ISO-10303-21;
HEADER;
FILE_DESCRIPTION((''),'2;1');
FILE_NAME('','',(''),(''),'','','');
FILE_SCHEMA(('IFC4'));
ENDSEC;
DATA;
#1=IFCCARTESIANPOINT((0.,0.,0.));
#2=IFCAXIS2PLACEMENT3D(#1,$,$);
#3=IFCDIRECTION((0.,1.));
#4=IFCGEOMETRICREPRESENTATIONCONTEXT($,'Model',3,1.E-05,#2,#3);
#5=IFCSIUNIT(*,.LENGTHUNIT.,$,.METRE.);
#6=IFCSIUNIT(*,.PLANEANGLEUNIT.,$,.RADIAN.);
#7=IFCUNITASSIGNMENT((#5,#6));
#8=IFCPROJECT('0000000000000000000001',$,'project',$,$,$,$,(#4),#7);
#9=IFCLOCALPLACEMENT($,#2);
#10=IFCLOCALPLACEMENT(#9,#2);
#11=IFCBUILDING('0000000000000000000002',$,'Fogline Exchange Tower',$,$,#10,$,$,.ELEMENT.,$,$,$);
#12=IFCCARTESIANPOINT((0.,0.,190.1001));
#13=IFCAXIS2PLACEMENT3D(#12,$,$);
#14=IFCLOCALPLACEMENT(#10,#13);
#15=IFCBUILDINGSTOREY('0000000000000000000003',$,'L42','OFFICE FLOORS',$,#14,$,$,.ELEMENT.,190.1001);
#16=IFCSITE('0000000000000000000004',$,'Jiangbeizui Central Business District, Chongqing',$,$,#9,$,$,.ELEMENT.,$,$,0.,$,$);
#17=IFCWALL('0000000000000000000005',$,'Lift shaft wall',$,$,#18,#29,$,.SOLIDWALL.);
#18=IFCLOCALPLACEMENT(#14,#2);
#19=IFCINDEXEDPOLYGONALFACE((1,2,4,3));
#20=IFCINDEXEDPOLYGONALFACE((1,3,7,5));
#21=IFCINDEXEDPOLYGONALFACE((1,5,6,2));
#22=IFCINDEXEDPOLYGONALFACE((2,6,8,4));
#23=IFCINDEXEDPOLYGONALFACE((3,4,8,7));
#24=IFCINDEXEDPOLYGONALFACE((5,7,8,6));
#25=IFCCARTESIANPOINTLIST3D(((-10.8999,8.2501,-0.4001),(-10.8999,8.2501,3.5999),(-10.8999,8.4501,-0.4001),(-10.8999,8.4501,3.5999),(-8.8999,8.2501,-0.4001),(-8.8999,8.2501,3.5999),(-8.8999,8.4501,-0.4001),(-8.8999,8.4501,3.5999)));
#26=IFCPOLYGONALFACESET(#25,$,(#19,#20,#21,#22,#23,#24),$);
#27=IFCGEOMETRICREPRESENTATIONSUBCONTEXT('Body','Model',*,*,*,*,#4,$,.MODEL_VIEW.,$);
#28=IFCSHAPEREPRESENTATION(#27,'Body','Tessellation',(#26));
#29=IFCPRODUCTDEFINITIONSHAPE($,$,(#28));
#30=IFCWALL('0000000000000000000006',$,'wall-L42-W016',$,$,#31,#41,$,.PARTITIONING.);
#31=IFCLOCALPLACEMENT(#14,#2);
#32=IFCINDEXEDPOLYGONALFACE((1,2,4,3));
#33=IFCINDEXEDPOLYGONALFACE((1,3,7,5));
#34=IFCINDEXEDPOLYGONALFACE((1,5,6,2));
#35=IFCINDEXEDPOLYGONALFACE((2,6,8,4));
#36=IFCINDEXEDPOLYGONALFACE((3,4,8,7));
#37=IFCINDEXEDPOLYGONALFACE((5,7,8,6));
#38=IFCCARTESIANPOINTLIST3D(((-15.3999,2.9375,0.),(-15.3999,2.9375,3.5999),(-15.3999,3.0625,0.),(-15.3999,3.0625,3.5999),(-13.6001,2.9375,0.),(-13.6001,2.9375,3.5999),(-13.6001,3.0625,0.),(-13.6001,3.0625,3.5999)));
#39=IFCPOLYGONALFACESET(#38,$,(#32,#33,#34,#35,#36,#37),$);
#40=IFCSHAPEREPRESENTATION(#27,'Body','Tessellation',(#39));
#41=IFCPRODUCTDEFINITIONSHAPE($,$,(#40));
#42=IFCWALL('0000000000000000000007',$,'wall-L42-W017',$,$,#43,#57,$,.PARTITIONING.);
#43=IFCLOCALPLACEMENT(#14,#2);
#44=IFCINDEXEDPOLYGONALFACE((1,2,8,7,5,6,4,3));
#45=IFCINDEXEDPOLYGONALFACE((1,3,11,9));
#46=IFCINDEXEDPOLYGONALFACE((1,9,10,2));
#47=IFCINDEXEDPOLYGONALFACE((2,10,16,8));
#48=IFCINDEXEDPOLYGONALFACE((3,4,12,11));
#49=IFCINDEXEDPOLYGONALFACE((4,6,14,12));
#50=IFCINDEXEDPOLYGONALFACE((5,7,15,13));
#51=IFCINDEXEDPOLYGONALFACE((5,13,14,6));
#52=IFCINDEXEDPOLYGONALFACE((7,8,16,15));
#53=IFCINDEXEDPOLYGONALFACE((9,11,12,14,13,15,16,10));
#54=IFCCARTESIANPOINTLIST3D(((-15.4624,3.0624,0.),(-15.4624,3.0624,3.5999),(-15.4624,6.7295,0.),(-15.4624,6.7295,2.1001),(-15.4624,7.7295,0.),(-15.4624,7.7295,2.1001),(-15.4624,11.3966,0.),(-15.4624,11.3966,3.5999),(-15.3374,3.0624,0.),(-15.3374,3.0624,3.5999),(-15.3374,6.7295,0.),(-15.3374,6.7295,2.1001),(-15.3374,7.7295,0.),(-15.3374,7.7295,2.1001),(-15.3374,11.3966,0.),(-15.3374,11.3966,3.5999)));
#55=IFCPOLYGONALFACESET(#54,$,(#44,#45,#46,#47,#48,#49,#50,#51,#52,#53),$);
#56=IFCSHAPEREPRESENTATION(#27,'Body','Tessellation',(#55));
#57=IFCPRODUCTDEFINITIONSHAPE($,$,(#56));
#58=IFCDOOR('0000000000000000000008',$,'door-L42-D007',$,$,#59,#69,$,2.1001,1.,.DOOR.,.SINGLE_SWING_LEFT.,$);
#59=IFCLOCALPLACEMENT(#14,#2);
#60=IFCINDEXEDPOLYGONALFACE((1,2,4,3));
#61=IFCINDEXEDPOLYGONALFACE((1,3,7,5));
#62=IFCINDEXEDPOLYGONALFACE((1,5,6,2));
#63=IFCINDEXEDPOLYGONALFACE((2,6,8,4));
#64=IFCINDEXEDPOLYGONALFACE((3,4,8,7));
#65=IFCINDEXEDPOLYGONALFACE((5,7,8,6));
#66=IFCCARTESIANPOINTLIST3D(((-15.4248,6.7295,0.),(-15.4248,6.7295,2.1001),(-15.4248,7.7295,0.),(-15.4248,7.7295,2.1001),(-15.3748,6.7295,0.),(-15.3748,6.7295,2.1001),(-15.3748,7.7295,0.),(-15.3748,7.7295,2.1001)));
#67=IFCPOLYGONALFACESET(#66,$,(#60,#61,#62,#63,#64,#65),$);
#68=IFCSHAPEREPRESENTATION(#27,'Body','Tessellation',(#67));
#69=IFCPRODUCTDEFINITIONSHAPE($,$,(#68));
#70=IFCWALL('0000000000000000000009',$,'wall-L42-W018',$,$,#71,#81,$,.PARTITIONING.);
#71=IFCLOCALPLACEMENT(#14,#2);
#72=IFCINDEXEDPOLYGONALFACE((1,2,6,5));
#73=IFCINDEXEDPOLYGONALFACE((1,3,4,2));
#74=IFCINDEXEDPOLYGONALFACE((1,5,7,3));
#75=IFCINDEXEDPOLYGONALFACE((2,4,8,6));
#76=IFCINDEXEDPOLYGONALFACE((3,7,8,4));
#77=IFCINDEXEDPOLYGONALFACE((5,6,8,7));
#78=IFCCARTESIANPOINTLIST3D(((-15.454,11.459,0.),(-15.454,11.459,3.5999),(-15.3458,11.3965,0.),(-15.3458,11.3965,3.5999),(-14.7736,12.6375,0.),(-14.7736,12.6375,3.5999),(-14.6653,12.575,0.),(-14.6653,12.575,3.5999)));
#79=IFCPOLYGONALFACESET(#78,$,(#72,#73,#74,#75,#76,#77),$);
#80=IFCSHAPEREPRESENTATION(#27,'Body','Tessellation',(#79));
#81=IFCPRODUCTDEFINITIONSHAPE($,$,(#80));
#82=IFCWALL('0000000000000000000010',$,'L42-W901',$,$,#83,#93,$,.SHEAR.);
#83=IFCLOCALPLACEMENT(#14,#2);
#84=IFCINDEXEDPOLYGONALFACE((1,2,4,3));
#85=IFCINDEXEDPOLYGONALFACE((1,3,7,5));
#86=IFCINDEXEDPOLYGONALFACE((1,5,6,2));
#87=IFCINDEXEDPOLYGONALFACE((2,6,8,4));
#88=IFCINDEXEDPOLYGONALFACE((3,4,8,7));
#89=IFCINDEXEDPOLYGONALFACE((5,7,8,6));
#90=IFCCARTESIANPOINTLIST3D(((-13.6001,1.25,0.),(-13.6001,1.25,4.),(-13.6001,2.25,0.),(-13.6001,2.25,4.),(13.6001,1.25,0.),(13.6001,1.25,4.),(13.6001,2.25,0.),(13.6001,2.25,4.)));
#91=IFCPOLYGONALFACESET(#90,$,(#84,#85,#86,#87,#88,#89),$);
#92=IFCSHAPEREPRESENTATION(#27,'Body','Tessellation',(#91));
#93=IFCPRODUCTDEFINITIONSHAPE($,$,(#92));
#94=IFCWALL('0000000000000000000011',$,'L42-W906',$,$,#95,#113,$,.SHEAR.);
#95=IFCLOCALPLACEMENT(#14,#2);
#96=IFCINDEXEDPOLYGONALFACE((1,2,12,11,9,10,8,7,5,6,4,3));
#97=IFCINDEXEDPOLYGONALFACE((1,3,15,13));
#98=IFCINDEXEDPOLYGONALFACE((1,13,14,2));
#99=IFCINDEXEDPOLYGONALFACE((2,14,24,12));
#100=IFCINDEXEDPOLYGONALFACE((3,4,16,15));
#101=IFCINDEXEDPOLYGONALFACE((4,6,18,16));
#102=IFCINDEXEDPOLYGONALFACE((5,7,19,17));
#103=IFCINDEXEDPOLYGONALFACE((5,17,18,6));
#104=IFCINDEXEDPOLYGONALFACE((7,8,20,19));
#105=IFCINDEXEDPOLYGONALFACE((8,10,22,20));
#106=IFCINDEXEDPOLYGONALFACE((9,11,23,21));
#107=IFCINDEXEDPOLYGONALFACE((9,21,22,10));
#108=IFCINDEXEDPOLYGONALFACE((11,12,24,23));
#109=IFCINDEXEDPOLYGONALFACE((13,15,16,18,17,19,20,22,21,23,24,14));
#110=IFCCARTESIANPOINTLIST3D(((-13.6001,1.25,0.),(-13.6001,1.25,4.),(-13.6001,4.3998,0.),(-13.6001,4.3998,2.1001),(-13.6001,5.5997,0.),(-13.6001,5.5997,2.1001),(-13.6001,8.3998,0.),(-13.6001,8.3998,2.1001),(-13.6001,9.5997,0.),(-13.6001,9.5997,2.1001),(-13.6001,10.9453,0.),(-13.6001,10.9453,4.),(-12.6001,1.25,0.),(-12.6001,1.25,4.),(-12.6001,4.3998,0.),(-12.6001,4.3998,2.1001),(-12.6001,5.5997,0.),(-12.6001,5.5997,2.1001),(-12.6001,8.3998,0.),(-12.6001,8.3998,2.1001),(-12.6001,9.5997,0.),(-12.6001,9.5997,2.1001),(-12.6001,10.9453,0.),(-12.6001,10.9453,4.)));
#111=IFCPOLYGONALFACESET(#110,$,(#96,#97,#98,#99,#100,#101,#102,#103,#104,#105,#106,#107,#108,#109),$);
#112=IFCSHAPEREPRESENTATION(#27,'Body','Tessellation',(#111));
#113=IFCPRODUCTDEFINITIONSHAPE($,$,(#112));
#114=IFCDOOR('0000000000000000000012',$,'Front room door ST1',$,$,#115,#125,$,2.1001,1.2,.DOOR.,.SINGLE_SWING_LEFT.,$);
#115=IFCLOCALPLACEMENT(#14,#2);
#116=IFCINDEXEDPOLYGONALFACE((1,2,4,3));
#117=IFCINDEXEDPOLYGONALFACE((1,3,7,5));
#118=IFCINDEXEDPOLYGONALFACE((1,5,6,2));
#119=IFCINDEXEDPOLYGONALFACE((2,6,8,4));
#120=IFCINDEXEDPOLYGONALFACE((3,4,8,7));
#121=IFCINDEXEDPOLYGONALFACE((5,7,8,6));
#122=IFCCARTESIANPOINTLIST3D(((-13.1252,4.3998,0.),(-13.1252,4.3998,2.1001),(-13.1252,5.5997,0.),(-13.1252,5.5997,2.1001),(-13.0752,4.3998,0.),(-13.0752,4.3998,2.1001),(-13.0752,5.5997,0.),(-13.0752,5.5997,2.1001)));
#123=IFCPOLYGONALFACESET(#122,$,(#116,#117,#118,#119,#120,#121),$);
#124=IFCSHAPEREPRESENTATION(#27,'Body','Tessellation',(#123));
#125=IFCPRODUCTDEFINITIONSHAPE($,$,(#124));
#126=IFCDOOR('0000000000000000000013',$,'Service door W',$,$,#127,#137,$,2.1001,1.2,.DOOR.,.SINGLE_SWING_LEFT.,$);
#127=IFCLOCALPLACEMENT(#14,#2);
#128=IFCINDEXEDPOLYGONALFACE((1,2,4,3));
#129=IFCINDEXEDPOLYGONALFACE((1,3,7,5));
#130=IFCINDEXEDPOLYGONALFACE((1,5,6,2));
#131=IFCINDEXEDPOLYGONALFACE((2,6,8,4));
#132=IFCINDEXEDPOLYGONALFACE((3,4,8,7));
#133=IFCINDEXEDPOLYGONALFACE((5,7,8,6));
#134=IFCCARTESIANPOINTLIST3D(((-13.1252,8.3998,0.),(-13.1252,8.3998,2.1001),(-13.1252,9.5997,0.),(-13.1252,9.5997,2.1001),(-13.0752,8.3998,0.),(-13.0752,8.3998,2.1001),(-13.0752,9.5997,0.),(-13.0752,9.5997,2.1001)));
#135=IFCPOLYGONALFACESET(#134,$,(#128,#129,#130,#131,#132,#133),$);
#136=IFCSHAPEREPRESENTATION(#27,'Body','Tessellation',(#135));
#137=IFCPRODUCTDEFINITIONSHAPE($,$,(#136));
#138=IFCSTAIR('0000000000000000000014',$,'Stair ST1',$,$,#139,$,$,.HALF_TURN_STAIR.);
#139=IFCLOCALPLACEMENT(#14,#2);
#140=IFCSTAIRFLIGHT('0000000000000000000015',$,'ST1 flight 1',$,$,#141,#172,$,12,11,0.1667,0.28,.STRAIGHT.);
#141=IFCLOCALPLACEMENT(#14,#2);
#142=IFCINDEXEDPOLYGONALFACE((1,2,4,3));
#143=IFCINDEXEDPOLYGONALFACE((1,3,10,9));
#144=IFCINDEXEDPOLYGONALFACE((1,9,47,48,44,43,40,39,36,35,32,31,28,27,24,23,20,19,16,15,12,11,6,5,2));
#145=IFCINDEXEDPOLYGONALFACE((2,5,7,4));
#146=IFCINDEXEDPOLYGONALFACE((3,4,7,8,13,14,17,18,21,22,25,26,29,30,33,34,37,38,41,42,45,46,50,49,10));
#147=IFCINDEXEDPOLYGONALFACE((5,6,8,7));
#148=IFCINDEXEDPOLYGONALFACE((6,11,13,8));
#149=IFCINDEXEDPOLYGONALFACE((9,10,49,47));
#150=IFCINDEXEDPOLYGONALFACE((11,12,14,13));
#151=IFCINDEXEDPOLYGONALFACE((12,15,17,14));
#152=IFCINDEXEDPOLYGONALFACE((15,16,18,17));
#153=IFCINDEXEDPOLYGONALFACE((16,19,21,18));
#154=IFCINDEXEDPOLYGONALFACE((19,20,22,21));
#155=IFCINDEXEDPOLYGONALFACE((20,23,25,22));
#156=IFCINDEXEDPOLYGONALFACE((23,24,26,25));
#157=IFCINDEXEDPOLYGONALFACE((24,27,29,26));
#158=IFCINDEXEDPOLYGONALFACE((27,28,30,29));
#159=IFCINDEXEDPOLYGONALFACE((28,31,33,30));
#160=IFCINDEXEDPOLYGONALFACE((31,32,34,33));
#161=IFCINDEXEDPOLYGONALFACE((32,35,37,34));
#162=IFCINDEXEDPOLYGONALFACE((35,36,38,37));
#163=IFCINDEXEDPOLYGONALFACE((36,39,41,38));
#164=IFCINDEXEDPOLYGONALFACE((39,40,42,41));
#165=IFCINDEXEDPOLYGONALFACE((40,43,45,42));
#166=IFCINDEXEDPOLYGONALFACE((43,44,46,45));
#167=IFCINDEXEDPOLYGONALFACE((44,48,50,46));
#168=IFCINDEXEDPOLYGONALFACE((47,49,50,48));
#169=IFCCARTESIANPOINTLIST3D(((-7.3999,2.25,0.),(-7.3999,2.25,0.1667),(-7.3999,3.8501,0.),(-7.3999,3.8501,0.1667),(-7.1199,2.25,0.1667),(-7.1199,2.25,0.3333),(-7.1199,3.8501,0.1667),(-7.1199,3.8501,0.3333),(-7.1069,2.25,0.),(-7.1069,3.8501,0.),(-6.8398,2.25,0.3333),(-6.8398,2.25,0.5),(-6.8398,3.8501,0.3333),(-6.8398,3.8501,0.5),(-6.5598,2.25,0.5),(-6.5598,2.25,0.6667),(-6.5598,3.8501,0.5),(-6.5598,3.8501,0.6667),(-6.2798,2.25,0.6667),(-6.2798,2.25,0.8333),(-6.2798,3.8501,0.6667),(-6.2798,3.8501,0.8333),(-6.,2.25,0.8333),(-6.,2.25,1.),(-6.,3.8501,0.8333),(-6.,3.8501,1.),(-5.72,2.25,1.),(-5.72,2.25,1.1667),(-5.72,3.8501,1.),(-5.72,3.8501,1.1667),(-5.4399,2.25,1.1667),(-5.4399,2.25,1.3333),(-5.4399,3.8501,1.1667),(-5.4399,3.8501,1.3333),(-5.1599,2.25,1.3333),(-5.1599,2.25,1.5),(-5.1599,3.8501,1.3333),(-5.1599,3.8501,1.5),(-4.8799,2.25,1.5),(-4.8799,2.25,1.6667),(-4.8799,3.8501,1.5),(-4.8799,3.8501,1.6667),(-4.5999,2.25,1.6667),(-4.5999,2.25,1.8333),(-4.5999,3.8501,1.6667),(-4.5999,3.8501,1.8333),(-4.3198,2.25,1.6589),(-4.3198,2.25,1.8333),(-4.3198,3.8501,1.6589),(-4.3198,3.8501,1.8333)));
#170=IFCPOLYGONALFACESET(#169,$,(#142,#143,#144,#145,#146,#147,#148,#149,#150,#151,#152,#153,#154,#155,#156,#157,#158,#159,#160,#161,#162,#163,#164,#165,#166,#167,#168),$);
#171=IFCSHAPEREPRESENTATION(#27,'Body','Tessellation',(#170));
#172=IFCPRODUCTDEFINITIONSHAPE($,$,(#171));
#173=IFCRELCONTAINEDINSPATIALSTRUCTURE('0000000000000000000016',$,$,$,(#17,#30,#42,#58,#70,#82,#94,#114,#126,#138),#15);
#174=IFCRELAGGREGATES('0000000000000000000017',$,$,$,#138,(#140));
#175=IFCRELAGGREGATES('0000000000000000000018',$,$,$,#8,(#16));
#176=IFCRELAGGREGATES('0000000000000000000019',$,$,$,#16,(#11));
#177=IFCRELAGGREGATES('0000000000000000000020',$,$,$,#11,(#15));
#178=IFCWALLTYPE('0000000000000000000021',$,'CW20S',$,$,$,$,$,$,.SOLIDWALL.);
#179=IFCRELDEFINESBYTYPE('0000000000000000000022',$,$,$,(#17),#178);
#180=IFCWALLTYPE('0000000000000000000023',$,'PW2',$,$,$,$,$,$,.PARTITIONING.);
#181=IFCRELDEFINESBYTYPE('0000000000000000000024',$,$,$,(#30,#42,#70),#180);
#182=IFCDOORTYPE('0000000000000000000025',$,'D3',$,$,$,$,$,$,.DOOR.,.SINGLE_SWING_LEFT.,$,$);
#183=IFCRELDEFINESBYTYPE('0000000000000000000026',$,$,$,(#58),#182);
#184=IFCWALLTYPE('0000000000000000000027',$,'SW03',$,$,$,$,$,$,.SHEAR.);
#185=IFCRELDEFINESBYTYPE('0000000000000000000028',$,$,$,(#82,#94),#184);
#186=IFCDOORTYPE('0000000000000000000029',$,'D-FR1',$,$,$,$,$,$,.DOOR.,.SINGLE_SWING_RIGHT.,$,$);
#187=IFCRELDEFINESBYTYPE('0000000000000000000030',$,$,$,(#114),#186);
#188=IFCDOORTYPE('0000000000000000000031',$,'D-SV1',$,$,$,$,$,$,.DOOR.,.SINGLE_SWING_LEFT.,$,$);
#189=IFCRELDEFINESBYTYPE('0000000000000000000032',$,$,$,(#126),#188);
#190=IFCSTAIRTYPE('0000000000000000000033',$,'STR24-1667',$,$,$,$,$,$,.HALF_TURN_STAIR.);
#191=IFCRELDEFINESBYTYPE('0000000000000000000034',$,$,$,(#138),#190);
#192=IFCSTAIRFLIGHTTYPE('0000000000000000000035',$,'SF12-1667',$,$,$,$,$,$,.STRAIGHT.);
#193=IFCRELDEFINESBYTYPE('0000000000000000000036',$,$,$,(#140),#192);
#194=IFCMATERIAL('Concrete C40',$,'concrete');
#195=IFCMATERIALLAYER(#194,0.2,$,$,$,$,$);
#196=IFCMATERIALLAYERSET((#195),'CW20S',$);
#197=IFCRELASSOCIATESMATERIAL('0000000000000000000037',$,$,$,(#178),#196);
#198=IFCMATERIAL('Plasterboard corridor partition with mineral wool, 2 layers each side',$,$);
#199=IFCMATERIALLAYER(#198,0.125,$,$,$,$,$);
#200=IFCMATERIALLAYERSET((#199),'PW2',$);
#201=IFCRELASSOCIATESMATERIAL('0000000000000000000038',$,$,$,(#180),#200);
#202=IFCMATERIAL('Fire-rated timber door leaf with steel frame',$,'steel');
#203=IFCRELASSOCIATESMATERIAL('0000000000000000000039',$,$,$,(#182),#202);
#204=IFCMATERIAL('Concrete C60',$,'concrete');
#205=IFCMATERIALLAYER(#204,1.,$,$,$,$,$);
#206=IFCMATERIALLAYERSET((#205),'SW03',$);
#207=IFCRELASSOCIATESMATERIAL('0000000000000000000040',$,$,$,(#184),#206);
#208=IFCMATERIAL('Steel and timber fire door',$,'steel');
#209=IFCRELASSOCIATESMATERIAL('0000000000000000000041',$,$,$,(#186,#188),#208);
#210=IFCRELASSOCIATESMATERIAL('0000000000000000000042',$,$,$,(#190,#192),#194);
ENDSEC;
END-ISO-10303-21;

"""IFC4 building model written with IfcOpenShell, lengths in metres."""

from ifc_helpers import new_model, si_unit, direction, frame, frame_2d, origin, place, context, subcontext, project, spatial, polyline, rectangle, outline, extrude, material, layer, layer_set, type_object, element, fill, aggregate, save


model = new_model("IFC4")

# Units and contexts
model_context = context("Model", 3, precision=1e-05, world=origin(), true_north=direction((0.0, 1.0)))
body_context = subcontext(model_context, "Body", "Model", "MODEL_VIEW")
ifc_project = project(units=[si_unit("LENGTHUNIT", "METRE"), si_unit("PLANEANGLEUNIT", "RADIAN")], contexts=[model_context])

# Site, building, storey
site_placement = place(None, origin())
site = spatial("IfcSite", under=ifc_project, at=site_placement, Name="Jiangbeizui Central Business District, Chongqing", CompositionType="ELEMENT", RefElevation=0.0)
building_placement = place(site_placement, origin())
building = spatial("IfcBuilding", under=site, at=building_placement, Name="Fogline Exchange Tower", CompositionType="ELEMENT")
storey_placement = place(building_placement, frame((0.0, 0.0, 190.1001)))
storey = spatial("IfcBuildingStorey", under=building, at=storey_placement, Name="L42", Description="OFFICE FLOORS", CompositionType="ELEMENT", Elevation=190.1001)

# Shared definitions
ifc_material_1 = material(Name="Concrete C40", Category="concrete")

# Shared definitions
ifc_material_2 = material(Name="Steel and timber fire door", Category="steel")

# Shared definitions
ifc_layer_1 = layer(ifc_material_1, 0.2)
ifc_layer_set_1 = layer_set([ifc_layer_1], Name="CW20S")
wall_type_1 = type_object("IfcWallType", Name="CW20S", PredefinedType="SOLIDWALL", material=ifc_layer_set_1)

# Walls
wall_1_placement = place(storey_placement, frame((-10.8999, 8.3501, -0.4001), z_axis=(0.0, 0.0, 1.0), x_axis=(1.0, 0.0, 0.0)))
element("IfcWall", 1, at=wall_1_placement, inside=storey, type_object=wall_type_1, Name="Lift shaft wall", PredefinedType="SOLIDWALL", context=body_context, shape_type="SweptSolid", body=[
    extrude(rectangle(XDim=2.0, YDim=0.2, at=frame_2d((1.0, 0.0))), origin(), (0.0, 0.0, 1.0), 4.0),
])
ifc_material_3 = material(Name="Plasterboard corridor partition with mineral wool, 2 layers each side")
ifc_layer_2 = layer(ifc_material_3, 0.125)
ifc_layer_set_2 = layer_set([ifc_layer_2], Name="PW2")
wall_type_2 = type_object("IfcWallType", Name="PW2", PredefinedType="PARTITIONING", material=ifc_layer_set_2)
wall_2_placement = place(storey_placement, frame((-13.6001, 3.0, 0.0), z_axis=(0.0, 0.0, 1.0), x_axis=(-1.0, 0.0, 0.0)))
element("IfcWall", 2, at=wall_2_placement, inside=storey, type_object=wall_type_2, Name="wall-L42-W016", PredefinedType="PARTITIONING", context=body_context, shape_type="SweptSolid", body=[
    extrude(rectangle(XDim=1.7998, YDim=0.125, at=frame_2d((0.8999, 0.0))), origin(), (0.0, 0.0, 1.0), 3.5999),
])

# Wall, opening, door
wall_3_placement = place(storey_placement, frame((-15.3999, 3.0625, 0.0), z_axis=(0.0, 0.0, 1.0), x_axis=(0.0, 1.0, 0.0)))
wall_3 = element("IfcWall", 3, at=wall_3_placement, inside=storey, type_object=wall_type_2, Name="wall-L42-W017", PredefinedType="PARTITIONING", context=body_context, shape_type="SweptSolid", body=[
    extrude(rectangle(XDim=8.3342, YDim=0.125, at=frame_2d((4.167, 0.0))), origin(), (0.0, 0.0, 1.0), 3.5999),
])
opening_1_placement = place(wall_3_placement, frame((3.667, 0.0, 0.0)))
opening_1 = element("IfcOpeningElement", 4, at=opening_1_placement, cuts=wall_3, PredefinedType="OPENING", context=body_context, shape_type="SweptSolid", body=[
    extrude(rectangle(XDim=1.0, YDim=2.1001, at=frame_2d((0.5, 1.05))), frame((0.0, 0.0725, 0.0), z_axis=(0.0, -1.0, 0.0), x_axis=(1.0, 0.0, 0.0)), (0.0, 0.0, 1.0), 0.145),
])
ifc_material_4 = material(Name="Fire-rated timber door leaf with steel frame", Category="steel")
door_type_1 = type_object("IfcDoorType", Name="D3", OperationType="SINGLE_SWING_LEFT", PredefinedType="DOOR", material=ifc_material_4)
door_1_placement = place(opening_1_placement, origin())
door_1 = element("IfcDoor", 5, at=door_1_placement, inside=storey, type_object=door_type_1, Name="door-L42-D007", OperationType="SINGLE_SWING_LEFT", OverallHeight=2.1001, OverallWidth=1.0, PredefinedType="DOOR", context=body_context, shape_type="SweptSolid", body=[
    extrude(rectangle(XDim=1.0, YDim=2.1001, at=frame_2d((0.5, 1.05))), frame((0.0, 0.0249, 0.0), z_axis=(0.0, -1.0, 0.0), x_axis=(1.0, 0.0, 0.0)), (0.0, 0.0, 1.0), 0.05),
])
fill(opening_1, door_1)

# Walls
wall_4_placement = place(storey_placement, frame((-15.3999, 11.4277, 0.0), z_axis=(0.0, 0.0, 1.0), x_axis=(0.500018, 0.866015, 0.0)))
element("IfcWall", 6, at=wall_4_placement, inside=storey, type_object=wall_type_2, Name="wall-L42-W018", PredefinedType="PARTITIONING", context=body_context, shape_type="SweptSolid", body=[
    extrude(rectangle(XDim=1.3608, YDim=0.125, at=frame_2d((0.6804, 0.0))), origin(), (0.0, 0.0, 1.0), 3.5999),
])
ifc_material_5 = material(Name="Concrete C60", Category="concrete")
ifc_layer_3 = layer(ifc_material_5, 1.0)
ifc_layer_set_3 = layer_set([ifc_layer_3], Name="SW03")
wall_type_3 = type_object("IfcWallType", Name="SW03", PredefinedType="SHEAR", material=ifc_layer_set_3)
wall_5_placement = place(storey_placement, frame((-13.6001, 1.75, 0.0), z_axis=(0.0, 0.0, 1.0), x_axis=(1.0, 0.0, 0.0)))
element("IfcWall", 7, at=wall_5_placement, inside=storey, type_object=wall_type_3, Name="L42-W901", PredefinedType="SHEAR", context=body_context, shape_type="SweptSolid", body=[
    extrude(rectangle(XDim=27.2002, YDim=1.0, at=frame_2d((13.6001, 0.0))), origin(), (0.0, 0.0, 1.0), 4.0),
])

# Wall, openings, doors
wall_6_placement = place(storey_placement, frame((-13.1001, 10.9453, 0.0), z_axis=(0.0, 0.0, 1.0), x_axis=(0.0, -1.0, 0.0)))
wall_6 = element("IfcWall", 8, at=wall_6_placement, inside=storey, type_object=wall_type_3, Name="L42-W906", PredefinedType="SHEAR", context=body_context, shape_type="SweptSolid", body=[
    extrude(rectangle(XDim=9.6953, YDim=1.0, at=frame_2d((4.8477, 0.0))), origin(), (0.0, 0.0, 1.0), 4.0),
])
opening_2_placement = place(wall_6_placement, frame((5.3455, 0.0, 0.0)))
opening_2 = element("IfcOpeningElement", 9, at=opening_2_placement, cuts=wall_6, PredefinedType="OPENING", context=body_context, shape_type="SweptSolid", body=[
    extrude(rectangle(XDim=1.2, YDim=2.1001, at=frame_2d((0.6001, 1.05))), frame((0.0, 0.51, 0.0), z_axis=(0.0, -1.0, 0.0), x_axis=(1.0, 0.0, 0.0)), (0.0, 0.0, 1.0), 1.02),
])
opening_3_placement = place(wall_6_placement, frame((1.3455, 0.0, 0.0)))
opening_3 = element("IfcOpeningElement", 10, at=opening_3_placement, cuts=wall_6, PredefinedType="OPENING", context=body_context, shape_type="SweptSolid", body=[
    extrude(rectangle(XDim=1.2, YDim=2.1001, at=frame_2d((0.6001, 1.05))), frame((0.0, 0.51, 0.0), z_axis=(0.0, -1.0, 0.0), x_axis=(1.0, 0.0, 0.0)), (0.0, 0.0, 1.0), 1.02),
])
door_type_2 = type_object("IfcDoorType", Name="D-FR1", OperationType="SINGLE_SWING_RIGHT", PredefinedType="DOOR", material=ifc_material_2)
door_2_placement = place(opening_2_placement, origin())
door_2 = element("IfcDoor", 11, at=door_2_placement, inside=storey, type_object=door_type_2, Name="Front room door ST1", OperationType="SINGLE_SWING_LEFT", OverallHeight=2.1001, OverallWidth=1.2, PredefinedType="DOOR", context=body_context, shape_type="SweptSolid", body=[
    extrude(rectangle(XDim=1.2, YDim=2.1001, at=frame_2d((0.6001, 1.05))), frame((0.0, 0.0249, 0.0), z_axis=(0.0, -1.0, 0.0), x_axis=(1.0, 0.0, 0.0)), (0.0, 0.0, 1.0), 0.05),
])
fill(opening_2, door_2)
door_type_3 = type_object("IfcDoorType", Name="D-SV1", OperationType="SINGLE_SWING_LEFT", PredefinedType="DOOR", material=ifc_material_2)
door_3_placement = place(opening_3_placement, origin())
door_3 = element("IfcDoor", 12, at=door_3_placement, inside=storey, type_object=door_type_3, Name="Service door W", OperationType="SINGLE_SWING_LEFT", OverallHeight=2.1001, OverallWidth=1.2, PredefinedType="DOOR", context=body_context, shape_type="SweptSolid", body=[
    extrude(rectangle(XDim=1.2, YDim=2.1001, at=frame_2d((0.6001, 1.05))), frame((0.0, 0.0249, 0.0), z_axis=(0.0, -1.0, 0.0), x_axis=(1.0, 0.0, 0.0)), (0.0, 0.0, 1.0), 0.05),
])
fill(opening_3, door_3)

# Stair, stair flight
stair_type = type_object("IfcStairType", Name="STR24-1667", PredefinedType="HALF_TURN_STAIR", material=ifc_material_1)
stair_placement = place(storey_placement, origin())
stair = element("IfcStair", 13, at=stair_placement, inside=storey, type_object=stair_type, Name="Stair ST1", PredefinedType="HALF_TURN_STAIR")
stair_flight_type = type_object("IfcStairFlightType", Name="SF12-1667", PredefinedType="STRAIGHT", material=ifc_material_1)
stair_flight_placement = place(storey_placement, frame((-7.3999, 3.05, 0.0), z_axis=(0.0, 0.0, 1.0), x_axis=(1.0, 0.0, 0.0)))
stair_flight = element("IfcStairFlight", 14, at=stair_flight_placement, type_object=stair_flight_type, Name="ST1 flight 1", NumberOfRisers=12, NumberOfTreads=11, PredefinedType="STRAIGHT", RiserHeight=0.1667, TreadLength=0.28, context=body_context, shape_type="SweptSolid", body=[
    extrude(outline(polyline([(0.0, 0.0), (0.0, 0.1667), (0.28, 0.1667), (0.28, 0.3333), (0.5601, 0.3333), (0.5601, 0.5), (0.8401, 0.5), (0.8401, 0.6667), (1.1201, 0.6667), (1.1201, 0.8333), (1.3999, 0.8333), (1.3999, 1.0), (1.6799, 1.0), (1.6799, 1.1667), (1.96, 1.1667), (1.96, 1.3333), (2.24, 1.3333), (2.24, 1.5), (2.52, 1.5), (2.52, 1.6667), (2.8, 1.6667), (2.8, 1.8333), (3.0801, 1.8333), (3.0801, 2.0), (3.0801, 1.6589), (0.293, 0.0), (0.0, 0.0)])), frame((0.0, 0.8, 0.0), z_axis=(0.0, -1.0, 0.0), x_axis=(1.0, 0.0, 0.0)), (0.0, 0.0, 1.0), 1.6001),
])
aggregate(stair, [stair_flight])

save(model, "model.ifc")
